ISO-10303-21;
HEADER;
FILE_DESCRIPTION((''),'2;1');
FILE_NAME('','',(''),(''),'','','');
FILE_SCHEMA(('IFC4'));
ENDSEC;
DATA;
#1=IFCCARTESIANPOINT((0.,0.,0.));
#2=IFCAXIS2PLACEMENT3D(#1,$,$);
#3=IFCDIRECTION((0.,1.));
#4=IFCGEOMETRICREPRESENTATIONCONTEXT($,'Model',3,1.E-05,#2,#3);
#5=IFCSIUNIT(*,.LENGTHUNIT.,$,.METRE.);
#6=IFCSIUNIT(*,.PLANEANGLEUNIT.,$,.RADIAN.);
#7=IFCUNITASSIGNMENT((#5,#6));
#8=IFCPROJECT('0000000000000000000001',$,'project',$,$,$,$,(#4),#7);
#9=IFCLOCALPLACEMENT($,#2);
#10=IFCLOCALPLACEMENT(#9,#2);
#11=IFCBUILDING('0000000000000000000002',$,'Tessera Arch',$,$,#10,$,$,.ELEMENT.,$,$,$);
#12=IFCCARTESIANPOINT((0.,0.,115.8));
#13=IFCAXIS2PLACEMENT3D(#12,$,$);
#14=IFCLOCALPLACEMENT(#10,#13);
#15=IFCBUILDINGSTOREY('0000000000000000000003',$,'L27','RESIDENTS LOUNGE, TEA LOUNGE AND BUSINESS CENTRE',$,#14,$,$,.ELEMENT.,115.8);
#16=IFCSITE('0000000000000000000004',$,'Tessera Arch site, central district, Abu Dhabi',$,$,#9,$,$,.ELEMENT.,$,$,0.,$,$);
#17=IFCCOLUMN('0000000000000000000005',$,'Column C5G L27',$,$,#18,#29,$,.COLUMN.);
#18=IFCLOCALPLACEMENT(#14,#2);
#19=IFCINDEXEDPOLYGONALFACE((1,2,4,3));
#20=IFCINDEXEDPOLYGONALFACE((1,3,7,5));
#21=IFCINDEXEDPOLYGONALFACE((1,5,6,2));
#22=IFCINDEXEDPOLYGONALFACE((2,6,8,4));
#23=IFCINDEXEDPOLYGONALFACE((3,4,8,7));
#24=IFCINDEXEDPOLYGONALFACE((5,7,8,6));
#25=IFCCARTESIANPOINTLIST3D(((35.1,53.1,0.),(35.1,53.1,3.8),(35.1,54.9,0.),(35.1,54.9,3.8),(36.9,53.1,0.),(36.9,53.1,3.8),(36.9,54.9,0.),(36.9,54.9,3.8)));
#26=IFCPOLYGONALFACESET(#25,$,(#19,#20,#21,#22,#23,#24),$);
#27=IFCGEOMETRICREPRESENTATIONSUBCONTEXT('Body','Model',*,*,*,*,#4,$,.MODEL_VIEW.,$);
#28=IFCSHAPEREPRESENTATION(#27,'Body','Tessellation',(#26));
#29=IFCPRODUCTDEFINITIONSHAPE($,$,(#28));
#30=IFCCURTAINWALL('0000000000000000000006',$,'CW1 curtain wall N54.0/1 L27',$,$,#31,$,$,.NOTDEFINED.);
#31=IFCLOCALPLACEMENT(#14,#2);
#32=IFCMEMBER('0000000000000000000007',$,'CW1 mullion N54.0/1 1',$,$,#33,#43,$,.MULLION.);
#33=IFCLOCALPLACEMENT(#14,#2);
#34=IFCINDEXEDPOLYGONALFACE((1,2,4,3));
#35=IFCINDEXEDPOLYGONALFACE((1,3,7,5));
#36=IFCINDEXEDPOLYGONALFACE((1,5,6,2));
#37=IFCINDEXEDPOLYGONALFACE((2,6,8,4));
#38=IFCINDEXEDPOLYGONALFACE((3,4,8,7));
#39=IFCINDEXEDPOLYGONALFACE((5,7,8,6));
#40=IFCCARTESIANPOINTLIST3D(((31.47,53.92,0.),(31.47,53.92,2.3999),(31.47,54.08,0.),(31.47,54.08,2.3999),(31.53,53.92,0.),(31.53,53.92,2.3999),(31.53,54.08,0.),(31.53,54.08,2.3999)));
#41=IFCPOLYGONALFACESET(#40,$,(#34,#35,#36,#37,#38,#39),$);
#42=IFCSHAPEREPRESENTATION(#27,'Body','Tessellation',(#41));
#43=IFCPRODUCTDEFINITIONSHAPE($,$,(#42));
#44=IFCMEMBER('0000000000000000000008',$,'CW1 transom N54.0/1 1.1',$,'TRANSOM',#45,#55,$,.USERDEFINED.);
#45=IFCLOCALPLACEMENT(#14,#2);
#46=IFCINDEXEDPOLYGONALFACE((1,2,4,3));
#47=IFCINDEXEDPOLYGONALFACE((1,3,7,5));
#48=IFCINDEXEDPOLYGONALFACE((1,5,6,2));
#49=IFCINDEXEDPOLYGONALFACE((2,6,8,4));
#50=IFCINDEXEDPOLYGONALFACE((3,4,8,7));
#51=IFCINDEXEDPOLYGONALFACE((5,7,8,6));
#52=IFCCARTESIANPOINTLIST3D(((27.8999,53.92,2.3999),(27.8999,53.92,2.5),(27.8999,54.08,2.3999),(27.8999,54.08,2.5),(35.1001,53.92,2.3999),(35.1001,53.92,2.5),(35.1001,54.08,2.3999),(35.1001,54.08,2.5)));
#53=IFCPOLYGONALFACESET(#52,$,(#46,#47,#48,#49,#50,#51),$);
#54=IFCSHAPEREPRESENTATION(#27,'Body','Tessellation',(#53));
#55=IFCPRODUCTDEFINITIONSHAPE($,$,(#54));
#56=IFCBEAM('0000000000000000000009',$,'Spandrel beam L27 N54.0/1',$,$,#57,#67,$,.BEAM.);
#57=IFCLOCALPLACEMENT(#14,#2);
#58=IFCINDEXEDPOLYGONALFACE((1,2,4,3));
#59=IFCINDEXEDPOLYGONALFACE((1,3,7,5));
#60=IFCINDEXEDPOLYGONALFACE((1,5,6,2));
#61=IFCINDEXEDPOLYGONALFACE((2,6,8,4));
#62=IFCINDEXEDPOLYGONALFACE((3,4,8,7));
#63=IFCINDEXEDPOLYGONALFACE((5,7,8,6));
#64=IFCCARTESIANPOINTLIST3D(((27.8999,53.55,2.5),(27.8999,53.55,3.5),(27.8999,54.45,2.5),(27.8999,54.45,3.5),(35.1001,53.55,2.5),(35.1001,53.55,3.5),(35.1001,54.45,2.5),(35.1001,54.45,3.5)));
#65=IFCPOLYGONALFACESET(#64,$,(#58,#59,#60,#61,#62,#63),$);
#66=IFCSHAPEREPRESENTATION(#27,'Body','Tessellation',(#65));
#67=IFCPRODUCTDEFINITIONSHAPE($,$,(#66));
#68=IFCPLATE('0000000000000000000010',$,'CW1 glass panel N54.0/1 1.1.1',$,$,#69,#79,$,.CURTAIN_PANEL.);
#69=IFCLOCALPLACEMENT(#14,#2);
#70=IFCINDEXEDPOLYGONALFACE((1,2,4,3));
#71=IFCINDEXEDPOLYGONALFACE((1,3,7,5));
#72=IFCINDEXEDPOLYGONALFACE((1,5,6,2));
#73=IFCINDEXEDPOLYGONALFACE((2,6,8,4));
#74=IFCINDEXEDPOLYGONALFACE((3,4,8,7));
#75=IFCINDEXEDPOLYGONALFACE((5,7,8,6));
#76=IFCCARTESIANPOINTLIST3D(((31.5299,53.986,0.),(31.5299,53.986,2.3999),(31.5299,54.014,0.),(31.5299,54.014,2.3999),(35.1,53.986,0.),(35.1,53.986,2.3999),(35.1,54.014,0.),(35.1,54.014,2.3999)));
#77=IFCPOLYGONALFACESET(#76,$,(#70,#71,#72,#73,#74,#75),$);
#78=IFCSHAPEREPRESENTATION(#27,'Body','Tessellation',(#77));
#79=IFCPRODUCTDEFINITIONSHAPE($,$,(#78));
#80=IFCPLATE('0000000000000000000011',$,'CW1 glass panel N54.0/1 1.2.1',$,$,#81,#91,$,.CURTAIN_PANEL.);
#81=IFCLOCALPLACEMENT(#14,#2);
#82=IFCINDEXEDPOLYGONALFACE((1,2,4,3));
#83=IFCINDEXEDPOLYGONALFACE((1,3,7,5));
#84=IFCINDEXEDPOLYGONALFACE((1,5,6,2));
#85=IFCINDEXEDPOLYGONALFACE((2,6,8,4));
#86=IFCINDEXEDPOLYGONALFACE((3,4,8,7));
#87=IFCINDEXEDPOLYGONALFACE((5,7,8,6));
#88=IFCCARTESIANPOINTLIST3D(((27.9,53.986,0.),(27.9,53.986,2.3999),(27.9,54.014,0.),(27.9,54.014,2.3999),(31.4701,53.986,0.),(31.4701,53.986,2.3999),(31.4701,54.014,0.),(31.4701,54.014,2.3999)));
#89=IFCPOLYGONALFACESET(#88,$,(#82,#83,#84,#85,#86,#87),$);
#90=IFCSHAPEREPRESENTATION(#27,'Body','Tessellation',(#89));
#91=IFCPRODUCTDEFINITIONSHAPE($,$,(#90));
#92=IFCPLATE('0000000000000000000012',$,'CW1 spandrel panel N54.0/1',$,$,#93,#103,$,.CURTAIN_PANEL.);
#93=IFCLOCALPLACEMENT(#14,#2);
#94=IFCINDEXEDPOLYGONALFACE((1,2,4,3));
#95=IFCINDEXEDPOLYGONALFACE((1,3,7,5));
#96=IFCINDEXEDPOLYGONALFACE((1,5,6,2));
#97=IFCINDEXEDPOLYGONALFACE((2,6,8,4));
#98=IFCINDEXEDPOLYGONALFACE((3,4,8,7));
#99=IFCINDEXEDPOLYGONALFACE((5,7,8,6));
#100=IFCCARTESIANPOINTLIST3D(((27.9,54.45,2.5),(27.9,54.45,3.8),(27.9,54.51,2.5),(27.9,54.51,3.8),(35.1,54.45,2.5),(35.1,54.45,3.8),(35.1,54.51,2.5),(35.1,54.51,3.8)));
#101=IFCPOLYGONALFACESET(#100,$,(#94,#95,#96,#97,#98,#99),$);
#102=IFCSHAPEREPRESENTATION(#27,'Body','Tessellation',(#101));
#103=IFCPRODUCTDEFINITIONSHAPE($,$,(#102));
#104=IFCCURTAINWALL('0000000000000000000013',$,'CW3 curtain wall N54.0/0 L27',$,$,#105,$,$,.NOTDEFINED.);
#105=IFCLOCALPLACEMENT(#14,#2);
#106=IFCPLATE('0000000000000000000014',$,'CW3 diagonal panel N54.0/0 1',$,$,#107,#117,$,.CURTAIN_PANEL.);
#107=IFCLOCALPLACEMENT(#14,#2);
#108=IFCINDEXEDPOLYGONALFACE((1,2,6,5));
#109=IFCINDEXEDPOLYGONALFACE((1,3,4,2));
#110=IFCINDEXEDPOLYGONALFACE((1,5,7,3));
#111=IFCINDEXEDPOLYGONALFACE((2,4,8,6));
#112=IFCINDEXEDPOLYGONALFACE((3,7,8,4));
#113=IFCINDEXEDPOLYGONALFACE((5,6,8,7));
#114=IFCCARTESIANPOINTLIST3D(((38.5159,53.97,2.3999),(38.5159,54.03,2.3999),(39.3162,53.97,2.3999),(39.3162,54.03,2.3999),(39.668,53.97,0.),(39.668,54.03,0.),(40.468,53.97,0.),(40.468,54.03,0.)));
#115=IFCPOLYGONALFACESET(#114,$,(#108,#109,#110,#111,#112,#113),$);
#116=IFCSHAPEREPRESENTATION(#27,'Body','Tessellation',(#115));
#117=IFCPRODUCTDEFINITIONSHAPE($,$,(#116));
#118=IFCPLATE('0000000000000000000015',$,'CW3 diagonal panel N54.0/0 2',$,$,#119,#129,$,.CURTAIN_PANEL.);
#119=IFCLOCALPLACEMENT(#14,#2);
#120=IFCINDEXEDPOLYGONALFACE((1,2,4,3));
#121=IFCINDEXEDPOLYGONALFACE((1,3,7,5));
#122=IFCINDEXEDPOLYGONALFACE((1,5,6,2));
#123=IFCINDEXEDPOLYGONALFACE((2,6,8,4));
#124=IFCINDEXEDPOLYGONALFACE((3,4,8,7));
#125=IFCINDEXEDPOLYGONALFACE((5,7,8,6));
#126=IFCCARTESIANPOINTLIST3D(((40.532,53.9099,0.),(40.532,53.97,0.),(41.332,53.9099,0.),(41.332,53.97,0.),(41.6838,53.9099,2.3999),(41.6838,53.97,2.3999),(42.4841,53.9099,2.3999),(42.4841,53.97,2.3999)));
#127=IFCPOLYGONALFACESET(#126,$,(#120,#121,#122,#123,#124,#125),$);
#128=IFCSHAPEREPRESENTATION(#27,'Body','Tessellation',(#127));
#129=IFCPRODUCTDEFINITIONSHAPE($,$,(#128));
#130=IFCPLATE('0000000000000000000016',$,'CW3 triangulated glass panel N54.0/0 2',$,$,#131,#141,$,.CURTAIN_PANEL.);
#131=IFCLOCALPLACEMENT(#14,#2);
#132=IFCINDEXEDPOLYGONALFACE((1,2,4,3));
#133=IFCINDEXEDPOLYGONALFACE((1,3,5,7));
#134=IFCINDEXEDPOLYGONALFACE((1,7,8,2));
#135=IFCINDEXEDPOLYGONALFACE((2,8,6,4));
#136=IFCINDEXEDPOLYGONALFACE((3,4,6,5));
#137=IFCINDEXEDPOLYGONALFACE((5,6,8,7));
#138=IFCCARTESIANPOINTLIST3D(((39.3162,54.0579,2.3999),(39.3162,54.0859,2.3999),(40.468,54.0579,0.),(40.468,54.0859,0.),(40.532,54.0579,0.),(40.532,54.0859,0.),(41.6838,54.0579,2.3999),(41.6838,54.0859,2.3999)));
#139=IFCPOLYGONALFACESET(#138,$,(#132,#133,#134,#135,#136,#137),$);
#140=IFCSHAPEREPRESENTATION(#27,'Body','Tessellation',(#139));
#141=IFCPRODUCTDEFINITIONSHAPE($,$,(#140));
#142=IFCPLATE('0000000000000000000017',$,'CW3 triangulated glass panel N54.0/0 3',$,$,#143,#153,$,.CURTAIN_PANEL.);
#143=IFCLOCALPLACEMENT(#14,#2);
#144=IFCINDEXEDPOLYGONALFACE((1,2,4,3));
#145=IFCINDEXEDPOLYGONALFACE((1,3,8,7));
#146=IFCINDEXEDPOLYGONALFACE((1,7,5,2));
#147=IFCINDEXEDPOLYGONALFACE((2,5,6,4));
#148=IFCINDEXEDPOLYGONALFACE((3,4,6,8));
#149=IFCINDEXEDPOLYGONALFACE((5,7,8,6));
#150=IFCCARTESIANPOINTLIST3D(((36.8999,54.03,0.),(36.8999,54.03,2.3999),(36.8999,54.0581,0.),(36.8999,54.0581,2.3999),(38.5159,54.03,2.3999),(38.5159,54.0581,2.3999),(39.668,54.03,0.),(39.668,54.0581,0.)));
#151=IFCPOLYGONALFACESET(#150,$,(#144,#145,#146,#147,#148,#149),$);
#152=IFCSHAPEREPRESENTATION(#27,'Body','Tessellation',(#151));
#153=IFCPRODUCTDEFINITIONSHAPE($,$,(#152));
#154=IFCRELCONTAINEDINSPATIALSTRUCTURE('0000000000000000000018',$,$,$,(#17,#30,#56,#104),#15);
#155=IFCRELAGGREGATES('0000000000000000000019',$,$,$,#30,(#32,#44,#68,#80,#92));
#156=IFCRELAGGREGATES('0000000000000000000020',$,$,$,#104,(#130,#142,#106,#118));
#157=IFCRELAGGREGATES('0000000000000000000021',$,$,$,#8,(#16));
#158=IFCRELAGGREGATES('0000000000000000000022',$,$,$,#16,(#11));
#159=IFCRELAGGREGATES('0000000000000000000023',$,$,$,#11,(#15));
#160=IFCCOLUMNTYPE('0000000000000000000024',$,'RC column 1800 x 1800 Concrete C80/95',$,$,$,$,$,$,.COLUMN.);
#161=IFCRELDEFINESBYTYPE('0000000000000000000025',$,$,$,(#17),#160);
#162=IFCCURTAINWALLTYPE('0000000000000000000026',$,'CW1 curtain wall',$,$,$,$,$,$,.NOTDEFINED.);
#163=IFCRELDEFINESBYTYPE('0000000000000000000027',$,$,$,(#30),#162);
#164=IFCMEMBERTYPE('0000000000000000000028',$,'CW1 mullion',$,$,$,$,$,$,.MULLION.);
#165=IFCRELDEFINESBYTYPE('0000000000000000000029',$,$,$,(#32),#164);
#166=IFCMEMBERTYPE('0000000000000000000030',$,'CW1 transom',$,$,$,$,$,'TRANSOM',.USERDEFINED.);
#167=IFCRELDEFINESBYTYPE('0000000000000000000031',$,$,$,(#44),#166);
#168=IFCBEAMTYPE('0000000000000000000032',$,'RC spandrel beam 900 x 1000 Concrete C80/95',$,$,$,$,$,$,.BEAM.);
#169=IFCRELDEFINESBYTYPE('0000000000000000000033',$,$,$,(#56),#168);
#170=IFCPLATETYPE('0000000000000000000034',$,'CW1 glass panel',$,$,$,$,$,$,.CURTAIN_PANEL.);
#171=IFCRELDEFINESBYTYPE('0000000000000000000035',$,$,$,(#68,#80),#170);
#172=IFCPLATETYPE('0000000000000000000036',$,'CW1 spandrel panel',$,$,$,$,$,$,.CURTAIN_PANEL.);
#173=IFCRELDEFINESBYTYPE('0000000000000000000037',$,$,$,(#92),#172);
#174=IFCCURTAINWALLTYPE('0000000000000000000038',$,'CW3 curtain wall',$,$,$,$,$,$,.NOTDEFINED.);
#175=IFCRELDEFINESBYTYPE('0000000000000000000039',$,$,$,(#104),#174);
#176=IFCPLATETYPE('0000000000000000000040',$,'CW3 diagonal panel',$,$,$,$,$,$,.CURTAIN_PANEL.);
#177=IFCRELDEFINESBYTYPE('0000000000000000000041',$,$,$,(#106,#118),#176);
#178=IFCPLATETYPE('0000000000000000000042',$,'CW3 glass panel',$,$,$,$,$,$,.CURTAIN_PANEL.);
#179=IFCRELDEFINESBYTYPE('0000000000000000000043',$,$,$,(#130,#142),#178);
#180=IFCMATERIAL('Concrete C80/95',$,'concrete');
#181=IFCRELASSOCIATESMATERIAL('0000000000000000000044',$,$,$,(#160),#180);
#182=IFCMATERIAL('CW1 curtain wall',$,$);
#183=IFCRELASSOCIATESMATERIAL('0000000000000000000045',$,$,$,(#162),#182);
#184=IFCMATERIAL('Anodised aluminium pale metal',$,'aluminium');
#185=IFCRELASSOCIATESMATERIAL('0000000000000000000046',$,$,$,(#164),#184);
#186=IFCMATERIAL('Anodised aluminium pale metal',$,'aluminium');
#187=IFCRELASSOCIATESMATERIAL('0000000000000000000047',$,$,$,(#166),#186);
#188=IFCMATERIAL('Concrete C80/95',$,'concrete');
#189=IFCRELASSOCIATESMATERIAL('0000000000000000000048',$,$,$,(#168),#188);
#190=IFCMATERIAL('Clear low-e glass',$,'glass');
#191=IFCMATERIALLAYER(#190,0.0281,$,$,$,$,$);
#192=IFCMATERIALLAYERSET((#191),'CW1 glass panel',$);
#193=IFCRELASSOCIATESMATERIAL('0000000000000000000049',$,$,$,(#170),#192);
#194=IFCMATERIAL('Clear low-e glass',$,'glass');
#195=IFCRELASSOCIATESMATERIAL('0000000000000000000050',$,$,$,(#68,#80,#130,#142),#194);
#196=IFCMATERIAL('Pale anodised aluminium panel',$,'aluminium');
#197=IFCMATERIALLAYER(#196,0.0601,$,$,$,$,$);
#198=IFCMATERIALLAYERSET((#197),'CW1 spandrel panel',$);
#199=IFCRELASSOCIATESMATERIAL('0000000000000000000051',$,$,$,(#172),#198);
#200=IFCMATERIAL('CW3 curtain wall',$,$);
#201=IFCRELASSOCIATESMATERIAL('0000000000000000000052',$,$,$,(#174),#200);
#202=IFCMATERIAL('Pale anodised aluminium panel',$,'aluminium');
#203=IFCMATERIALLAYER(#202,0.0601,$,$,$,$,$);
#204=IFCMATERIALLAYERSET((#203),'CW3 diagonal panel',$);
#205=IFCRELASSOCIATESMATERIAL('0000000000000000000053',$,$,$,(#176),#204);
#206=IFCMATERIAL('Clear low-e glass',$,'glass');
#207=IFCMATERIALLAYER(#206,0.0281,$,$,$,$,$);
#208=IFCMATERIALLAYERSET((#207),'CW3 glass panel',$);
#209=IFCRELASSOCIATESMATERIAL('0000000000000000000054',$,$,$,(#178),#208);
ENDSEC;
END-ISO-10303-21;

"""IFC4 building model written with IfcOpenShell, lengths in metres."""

from ifc_helpers import new_model, si_unit, direction, frame, origin, origin_2d, place, context, subcontext, project, spatial, polyline, rectangle, outline, extrude, material, layer, layer_set, material_profile, profile_set, type_object, element, aggregate, save


model = new_model("IFC4")

# Units and contexts
model_context = context("Model", 3, precision=1e-05, world=origin(), true_north=direction((0.0, 1.0)))
body_context = subcontext(model_context, "Body", "Model", "MODEL_VIEW")
ifc_project = project(units=[si_unit("LENGTHUNIT", "METRE"), si_unit("PLANEANGLEUNIT", "RADIAN")], contexts=[model_context])

# Site, building, storey
site_placement = place(None, origin())
site = spatial("IfcSite", under=ifc_project, at=site_placement, Name="Tessera Arch site, central district, Abu Dhabi", CompositionType="ELEMENT", RefElevation=0.0)
building_placement = place(site_placement, origin())
building = spatial("IfcBuilding", under=site, at=building_placement, Name="Tessera Arch", CompositionType="ELEMENT")
storey_placement = place(building_placement, frame((0.0, 0.0, 115.8)))
storey = spatial("IfcBuildingStorey", under=building, at=storey_placement, Name="L27", Description="RESIDENTS LOUNGE, TEA LOUNGE AND BUSINESS CENTRE", CompositionType="ELEMENT", Elevation=115.8)

# Column
ifc_material_1 = material(Name="Concrete C80/95", Category="concrete")
ifc_material_profile_1 = material_profile(ifc_material_1, rectangle(XDim=1.8, YDim=1.8, at=origin_2d()), Name="RC column 1800 x 1800 Concrete C80/95")
ifc_profile_set_1 = profile_set([ifc_material_profile_1], Name="Concrete C80/95")
column_type = type_object("IfcColumnType", Name="RC column 1800 x 1800 Concrete C80/95", PredefinedType="COLUMN", material=ifc_profile_set_1)
column_placement = place(storey_placement, frame((36.0, 54.0, 0.0), z_axis=(0.0, 0.0, 1.0), x_axis=(1.0, 0.0, 0.0)))
element("IfcColumn", 1, at=column_placement, inside=storey, type_object=column_type, Name="Column C5G L27", PredefinedType="COLUMN", context=body_context, shape_type="SweptSolid", body=[
    extrude(rectangle(XDim=1.8, YDim=1.8, at=origin_2d()), origin(), (0.0, 0.0, 1.0), 3.8),
])

# Curtain wall, members
ifc_material_2 = material(Name="CW1 curtain wall")
curtain_wall_type_1 = type_object("IfcCurtainWallType", Name="CW1 curtain wall", PredefinedType="NOTDEFINED", material=ifc_material_2)
curtain_wall_1_placement = place(storey_placement, origin())
curtain_wall_1 = element("IfcCurtainWall", 2, at=curtain_wall_1_placement, inside=storey, type_object=curtain_wall_type_1, Name="CW1 curtain wall N54.0/1 L27", PredefinedType="NOTDEFINED")
ifc_material_3 = material(Name="Anodised aluminium pale metal", Category="aluminium")
ifc_material_profile_2 = material_profile(ifc_material_3, rectangle(XDim=0.1599, YDim=0.0601, at=origin_2d()), Name="AL 60x160")
ifc_profile_set_2 = profile_set([ifc_material_profile_2], Name="Anodised aluminium pale metal")
member_type_1 = type_object("IfcMemberType", Name="CW1 mullion", PredefinedType="MULLION", material=ifc_profile_set_2)
member_1_placement = place(storey_placement, frame((31.5, 54.0, 0.0), z_axis=(0.0, 0.0, 1.0), x_axis=(0.0, -1.0, 0.0)))
member_1 = element("IfcMember", 3, at=member_1_placement, type_object=member_type_1, Name="CW1 mullion N54.0/1 1", PredefinedType="MULLION", context=body_context, shape_type="SweptSolid", body=[
    extrude(rectangle(XDim=0.1599, YDim=0.0601, at=origin_2d()), origin(), (0.0, 0.0, 1.0), 2.3999),
])
ifc_material_4 = material(Name="Anodised aluminium pale metal", Category="aluminium")
ifc_material_profile_3 = material_profile(ifc_material_4, rectangle(XDim=0.1599, YDim=0.1001, at=origin_2d()), Name="AL 160x100")
ifc_profile_set_3 = profile_set([ifc_material_profile_3], Name="Anodised aluminium pale metal")
member_type_2 = type_object("IfcMemberType", Name="CW1 transom", ElementType="TRANSOM", PredefinedType="USERDEFINED", material=ifc_profile_set_3)
member_2_placement = place(storey_placement, frame((35.1001, 54.0, 2.45), z_axis=(-1.0, 0.0, 0.0), x_axis=(0.0, -1.0, 0.0)))
member_2 = element("IfcMember", 4, at=member_2_placement, type_object=member_type_2, Name="CW1 transom N54.0/1 1.1", ObjectType="TRANSOM", PredefinedType="USERDEFINED", context=body_context, shape_type="SweptSolid", body=[
    extrude(rectangle(XDim=0.1599, YDim=0.1001, at=origin_2d()), origin(), (0.0, 0.0, 1.0), 7.2002),
])

# Beam
ifc_material_5 = material(Name="Concrete C80/95", Category="concrete")
ifc_material_profile_4 = material_profile(ifc_material_5, rectangle(XDim=0.8999, YDim=1.0, at=origin_2d()), Name="RC spandrel beam 900 x 1000 Concrete C80/95")
ifc_profile_set_4 = profile_set([ifc_material_profile_4], Name="Concrete C80/95")
beam_type = type_object("IfcBeamType", Name="RC spandrel beam 900 x 1000 Concrete C80/95", PredefinedType="BEAM", material=ifc_profile_set_4)
beam_placement = place(storey_placement, frame((35.1001, 54.0, 3.0), z_axis=(-1.0, 0.0, 0.0), x_axis=(0.0, -1.0, 0.0)))
element("IfcBeam", 5, at=beam_placement, inside=storey, type_object=beam_type, Name="Spandrel beam L27 N54.0/1", PredefinedType="BEAM", context=body_context, shape_type="SweptSolid", body=[
    extrude(rectangle(XDim=0.8999, YDim=1.0, at=origin_2d()), origin(), (0.0, 0.0, 1.0), 7.2002),
])

# Plates
ifc_material_6 = material(Name="Clear low-e glass", Category="glass")
ifc_material_7 = material(Name="Clear low-e glass", Category="glass")
ifc_layer_1 = layer(ifc_material_7, 0.0281)
ifc_layer_set_1 = layer_set([ifc_layer_1], Name="CW1 glass panel")
plate_type_1 = type_object("IfcPlateType", Name="CW1 glass panel", PredefinedType="CURTAIN_PANEL", material=ifc_layer_set_1)
plate_1_placement = place(storey_placement, frame((33.3149, 54.0, 0.0), z_axis=(0.0, 0.0, 1.0), x_axis=(-1.0, 0.0, 0.0)))
plate_1 = element("IfcPlate", 6, at=plate_1_placement, type_object=plate_type_1, material=ifc_material_6, Name="CW1 glass panel N54.0/1 1.1.1", PredefinedType="CURTAIN_PANEL", context=body_context, shape_type="SweptSolid", body=[
    extrude(rectangle(XDim=3.5701, YDim=0.0281, at=origin_2d()), origin(), (0.0, 0.0, 1.0), 2.3999),
])
plate_2_placement = place(storey_placement, frame((29.6851, 54.0, 0.0), z_axis=(0.0, 0.0, 1.0), x_axis=(-1.0, 0.0, 0.0)))
plate_2 = element("IfcPlate", 7, at=plate_2_placement, type_object=plate_type_1, material=ifc_material_6, Name="CW1 glass panel N54.0/1 1.2.1", PredefinedType="CURTAIN_PANEL", context=body_context, shape_type="SweptSolid", body=[
    extrude(rectangle(XDim=3.5701, YDim=0.0281, at=origin_2d()), origin(), (0.0, 0.0, 1.0), 2.3999),
])
ifc_material_8 = material(Name="Pale anodised aluminium panel", Category="aluminium")
ifc_layer_2 = layer(ifc_material_8, 0.0601)
ifc_layer_set_2 = layer_set([ifc_layer_2], Name="CW1 spandrel panel")
plate_type_2 = type_object("IfcPlateType", Name="CW1 spandrel panel", PredefinedType="CURTAIN_PANEL", material=ifc_layer_set_2)
plate_3_placement = place(storey_placement, frame((31.5, 54.48, 2.5), z_axis=(0.0, 0.0, 1.0), x_axis=(-1.0, 0.0, 0.0)))
plate_3 = element("IfcPlate", 8, at=plate_3_placement, type_object=plate_type_2, Name="CW1 spandrel panel N54.0/1", PredefinedType="CURTAIN_PANEL", context=body_context, shape_type="SweptSolid", body=[
    extrude(rectangle(XDim=7.2, YDim=0.0601, at=origin_2d()), origin(), (0.0, 0.0, 1.0), 1.3),
])
aggregate(curtain_wall_1, [member_1, member_2, plate_1, plate_2, plate_3])

# Curtain wall, plates
ifc_material_9 = material(Name="CW3 curtain wall")
curtain_wall_type_2 = type_object("IfcCurtainWallType", Name="CW3 curtain wall", PredefinedType="NOTDEFINED", material=ifc_material_9)
curtain_wall_2_placement = place(storey_placement, origin())
curtain_wall_2 = element("IfcCurtainWall", 9, at=curtain_wall_2_placement, inside=storey, type_object=curtain_wall_type_2, Name="CW3 curtain wall N54.0/0 L27", PredefinedType="NOTDEFINED")
ifc_material_10 = material(Name="Pale anodised aluminium panel", Category="aluminium")
ifc_layer_3 = layer(ifc_material_10, 0.0601)
ifc_layer_set_3 = layer_set([ifc_layer_3], Name="CW3 diagonal panel")
plate_type_3 = type_object("IfcPlateType", Name="CW3 diagonal panel", PredefinedType="CURTAIN_PANEL", material=ifc_layer_set_3)
plate_4_placement = place(storey_placement, frame((38.5159, 54.03, 2.3999), z_axis=(0.0, 1.0, 0.0), x_axis=(1.0, 0.0, 0.0)))
plate_4 = element("IfcPlate", 10, at=plate_4_placement, type_object=plate_type_3, Name="CW3 diagonal panel N54.0/0 1", PredefinedType="CURTAIN_PANEL", context=body_context, shape_type="SweptSolid", body=[
    extrude(outline(polyline([(0.0, 0.0), (0.8003, 0.0), (1.9521, 2.3999), (1.1521, 2.3999), (0.0, 0.0)])), origin(), (0.0, 0.0, -1.0), 0.0601),
])
plate_5_placement = place(storey_placement, frame((41.6838, 53.97, 2.3999), z_axis=(0.0, 1.0, 0.0), x_axis=(1.0, 0.0, 0.0)))
plate_5 = element("IfcPlate", 11, at=plate_5_placement, type_object=plate_type_3, Name="CW3 diagonal panel N54.0/0 2", PredefinedType="CURTAIN_PANEL", context=body_context, shape_type="SweptSolid", body=[
    extrude(outline(polyline([(0.0, 0.0), (0.8003, 0.0), (-0.3518, 2.3999), (-1.1519, 2.3999), (0.0, 0.0)])), origin(), (0.0, 0.0, -1.0), 0.0601),
])
ifc_material_11 = material(Name="Clear low-e glass", Category="glass")
ifc_layer_4 = layer(ifc_material_11, 0.0281)
ifc_layer_set_4 = layer_set([ifc_layer_4], Name="CW3 glass panel")
plate_type_4 = type_object("IfcPlateType", Name="CW3 glass panel", PredefinedType="CURTAIN_PANEL", material=ifc_layer_set_4)
plate_6_placement = place(storey_placement, frame((39.3162, 54.0859, 2.3999), z_axis=(0.0, 1.0, 0.0), x_axis=(1.0, 0.0, 0.0)))
plate_6 = element("IfcPlate", 12, at=plate_6_placement, type_object=plate_type_4, material=ifc_material_6, Name="CW3 triangulated glass panel N54.0/0 2", PredefinedType="CURTAIN_PANEL", context=body_context, shape_type="SweptSolid", body=[
    extrude(outline(polyline([(0.0, 0.0), (2.3677, 0.0), (1.2158, 2.3999), (1.1519, 2.3999), (0.0, 0.0)])), origin(), (0.0, 0.0, -1.0), 0.0281),
])
plate_7_placement = place(storey_placement, frame((36.8999, 54.0581, 2.3999), z_axis=(0.0, 1.0, 0.0), x_axis=(1.0, 0.0, 0.0)))
plate_7 = element("IfcPlate", 13, at=plate_7_placement, type_object=plate_type_4, material=ifc_material_6, Name="CW3 triangulated glass panel N54.0/0 3", PredefinedType="CURTAIN_PANEL", context=body_context, shape_type="SweptSolid", body=[
    extrude(outline(polyline([(0.0, 0.0), (1.616, 0.0), (2.7681, 2.3999), (0.0, 2.3999), (0.0, 0.0)])), origin(), (0.0, 0.0, -1.0), 0.0281),
])
aggregate(curtain_wall_2, [plate_6, plate_7, plate_4, plate_5])

save(model, "model.ifc")
